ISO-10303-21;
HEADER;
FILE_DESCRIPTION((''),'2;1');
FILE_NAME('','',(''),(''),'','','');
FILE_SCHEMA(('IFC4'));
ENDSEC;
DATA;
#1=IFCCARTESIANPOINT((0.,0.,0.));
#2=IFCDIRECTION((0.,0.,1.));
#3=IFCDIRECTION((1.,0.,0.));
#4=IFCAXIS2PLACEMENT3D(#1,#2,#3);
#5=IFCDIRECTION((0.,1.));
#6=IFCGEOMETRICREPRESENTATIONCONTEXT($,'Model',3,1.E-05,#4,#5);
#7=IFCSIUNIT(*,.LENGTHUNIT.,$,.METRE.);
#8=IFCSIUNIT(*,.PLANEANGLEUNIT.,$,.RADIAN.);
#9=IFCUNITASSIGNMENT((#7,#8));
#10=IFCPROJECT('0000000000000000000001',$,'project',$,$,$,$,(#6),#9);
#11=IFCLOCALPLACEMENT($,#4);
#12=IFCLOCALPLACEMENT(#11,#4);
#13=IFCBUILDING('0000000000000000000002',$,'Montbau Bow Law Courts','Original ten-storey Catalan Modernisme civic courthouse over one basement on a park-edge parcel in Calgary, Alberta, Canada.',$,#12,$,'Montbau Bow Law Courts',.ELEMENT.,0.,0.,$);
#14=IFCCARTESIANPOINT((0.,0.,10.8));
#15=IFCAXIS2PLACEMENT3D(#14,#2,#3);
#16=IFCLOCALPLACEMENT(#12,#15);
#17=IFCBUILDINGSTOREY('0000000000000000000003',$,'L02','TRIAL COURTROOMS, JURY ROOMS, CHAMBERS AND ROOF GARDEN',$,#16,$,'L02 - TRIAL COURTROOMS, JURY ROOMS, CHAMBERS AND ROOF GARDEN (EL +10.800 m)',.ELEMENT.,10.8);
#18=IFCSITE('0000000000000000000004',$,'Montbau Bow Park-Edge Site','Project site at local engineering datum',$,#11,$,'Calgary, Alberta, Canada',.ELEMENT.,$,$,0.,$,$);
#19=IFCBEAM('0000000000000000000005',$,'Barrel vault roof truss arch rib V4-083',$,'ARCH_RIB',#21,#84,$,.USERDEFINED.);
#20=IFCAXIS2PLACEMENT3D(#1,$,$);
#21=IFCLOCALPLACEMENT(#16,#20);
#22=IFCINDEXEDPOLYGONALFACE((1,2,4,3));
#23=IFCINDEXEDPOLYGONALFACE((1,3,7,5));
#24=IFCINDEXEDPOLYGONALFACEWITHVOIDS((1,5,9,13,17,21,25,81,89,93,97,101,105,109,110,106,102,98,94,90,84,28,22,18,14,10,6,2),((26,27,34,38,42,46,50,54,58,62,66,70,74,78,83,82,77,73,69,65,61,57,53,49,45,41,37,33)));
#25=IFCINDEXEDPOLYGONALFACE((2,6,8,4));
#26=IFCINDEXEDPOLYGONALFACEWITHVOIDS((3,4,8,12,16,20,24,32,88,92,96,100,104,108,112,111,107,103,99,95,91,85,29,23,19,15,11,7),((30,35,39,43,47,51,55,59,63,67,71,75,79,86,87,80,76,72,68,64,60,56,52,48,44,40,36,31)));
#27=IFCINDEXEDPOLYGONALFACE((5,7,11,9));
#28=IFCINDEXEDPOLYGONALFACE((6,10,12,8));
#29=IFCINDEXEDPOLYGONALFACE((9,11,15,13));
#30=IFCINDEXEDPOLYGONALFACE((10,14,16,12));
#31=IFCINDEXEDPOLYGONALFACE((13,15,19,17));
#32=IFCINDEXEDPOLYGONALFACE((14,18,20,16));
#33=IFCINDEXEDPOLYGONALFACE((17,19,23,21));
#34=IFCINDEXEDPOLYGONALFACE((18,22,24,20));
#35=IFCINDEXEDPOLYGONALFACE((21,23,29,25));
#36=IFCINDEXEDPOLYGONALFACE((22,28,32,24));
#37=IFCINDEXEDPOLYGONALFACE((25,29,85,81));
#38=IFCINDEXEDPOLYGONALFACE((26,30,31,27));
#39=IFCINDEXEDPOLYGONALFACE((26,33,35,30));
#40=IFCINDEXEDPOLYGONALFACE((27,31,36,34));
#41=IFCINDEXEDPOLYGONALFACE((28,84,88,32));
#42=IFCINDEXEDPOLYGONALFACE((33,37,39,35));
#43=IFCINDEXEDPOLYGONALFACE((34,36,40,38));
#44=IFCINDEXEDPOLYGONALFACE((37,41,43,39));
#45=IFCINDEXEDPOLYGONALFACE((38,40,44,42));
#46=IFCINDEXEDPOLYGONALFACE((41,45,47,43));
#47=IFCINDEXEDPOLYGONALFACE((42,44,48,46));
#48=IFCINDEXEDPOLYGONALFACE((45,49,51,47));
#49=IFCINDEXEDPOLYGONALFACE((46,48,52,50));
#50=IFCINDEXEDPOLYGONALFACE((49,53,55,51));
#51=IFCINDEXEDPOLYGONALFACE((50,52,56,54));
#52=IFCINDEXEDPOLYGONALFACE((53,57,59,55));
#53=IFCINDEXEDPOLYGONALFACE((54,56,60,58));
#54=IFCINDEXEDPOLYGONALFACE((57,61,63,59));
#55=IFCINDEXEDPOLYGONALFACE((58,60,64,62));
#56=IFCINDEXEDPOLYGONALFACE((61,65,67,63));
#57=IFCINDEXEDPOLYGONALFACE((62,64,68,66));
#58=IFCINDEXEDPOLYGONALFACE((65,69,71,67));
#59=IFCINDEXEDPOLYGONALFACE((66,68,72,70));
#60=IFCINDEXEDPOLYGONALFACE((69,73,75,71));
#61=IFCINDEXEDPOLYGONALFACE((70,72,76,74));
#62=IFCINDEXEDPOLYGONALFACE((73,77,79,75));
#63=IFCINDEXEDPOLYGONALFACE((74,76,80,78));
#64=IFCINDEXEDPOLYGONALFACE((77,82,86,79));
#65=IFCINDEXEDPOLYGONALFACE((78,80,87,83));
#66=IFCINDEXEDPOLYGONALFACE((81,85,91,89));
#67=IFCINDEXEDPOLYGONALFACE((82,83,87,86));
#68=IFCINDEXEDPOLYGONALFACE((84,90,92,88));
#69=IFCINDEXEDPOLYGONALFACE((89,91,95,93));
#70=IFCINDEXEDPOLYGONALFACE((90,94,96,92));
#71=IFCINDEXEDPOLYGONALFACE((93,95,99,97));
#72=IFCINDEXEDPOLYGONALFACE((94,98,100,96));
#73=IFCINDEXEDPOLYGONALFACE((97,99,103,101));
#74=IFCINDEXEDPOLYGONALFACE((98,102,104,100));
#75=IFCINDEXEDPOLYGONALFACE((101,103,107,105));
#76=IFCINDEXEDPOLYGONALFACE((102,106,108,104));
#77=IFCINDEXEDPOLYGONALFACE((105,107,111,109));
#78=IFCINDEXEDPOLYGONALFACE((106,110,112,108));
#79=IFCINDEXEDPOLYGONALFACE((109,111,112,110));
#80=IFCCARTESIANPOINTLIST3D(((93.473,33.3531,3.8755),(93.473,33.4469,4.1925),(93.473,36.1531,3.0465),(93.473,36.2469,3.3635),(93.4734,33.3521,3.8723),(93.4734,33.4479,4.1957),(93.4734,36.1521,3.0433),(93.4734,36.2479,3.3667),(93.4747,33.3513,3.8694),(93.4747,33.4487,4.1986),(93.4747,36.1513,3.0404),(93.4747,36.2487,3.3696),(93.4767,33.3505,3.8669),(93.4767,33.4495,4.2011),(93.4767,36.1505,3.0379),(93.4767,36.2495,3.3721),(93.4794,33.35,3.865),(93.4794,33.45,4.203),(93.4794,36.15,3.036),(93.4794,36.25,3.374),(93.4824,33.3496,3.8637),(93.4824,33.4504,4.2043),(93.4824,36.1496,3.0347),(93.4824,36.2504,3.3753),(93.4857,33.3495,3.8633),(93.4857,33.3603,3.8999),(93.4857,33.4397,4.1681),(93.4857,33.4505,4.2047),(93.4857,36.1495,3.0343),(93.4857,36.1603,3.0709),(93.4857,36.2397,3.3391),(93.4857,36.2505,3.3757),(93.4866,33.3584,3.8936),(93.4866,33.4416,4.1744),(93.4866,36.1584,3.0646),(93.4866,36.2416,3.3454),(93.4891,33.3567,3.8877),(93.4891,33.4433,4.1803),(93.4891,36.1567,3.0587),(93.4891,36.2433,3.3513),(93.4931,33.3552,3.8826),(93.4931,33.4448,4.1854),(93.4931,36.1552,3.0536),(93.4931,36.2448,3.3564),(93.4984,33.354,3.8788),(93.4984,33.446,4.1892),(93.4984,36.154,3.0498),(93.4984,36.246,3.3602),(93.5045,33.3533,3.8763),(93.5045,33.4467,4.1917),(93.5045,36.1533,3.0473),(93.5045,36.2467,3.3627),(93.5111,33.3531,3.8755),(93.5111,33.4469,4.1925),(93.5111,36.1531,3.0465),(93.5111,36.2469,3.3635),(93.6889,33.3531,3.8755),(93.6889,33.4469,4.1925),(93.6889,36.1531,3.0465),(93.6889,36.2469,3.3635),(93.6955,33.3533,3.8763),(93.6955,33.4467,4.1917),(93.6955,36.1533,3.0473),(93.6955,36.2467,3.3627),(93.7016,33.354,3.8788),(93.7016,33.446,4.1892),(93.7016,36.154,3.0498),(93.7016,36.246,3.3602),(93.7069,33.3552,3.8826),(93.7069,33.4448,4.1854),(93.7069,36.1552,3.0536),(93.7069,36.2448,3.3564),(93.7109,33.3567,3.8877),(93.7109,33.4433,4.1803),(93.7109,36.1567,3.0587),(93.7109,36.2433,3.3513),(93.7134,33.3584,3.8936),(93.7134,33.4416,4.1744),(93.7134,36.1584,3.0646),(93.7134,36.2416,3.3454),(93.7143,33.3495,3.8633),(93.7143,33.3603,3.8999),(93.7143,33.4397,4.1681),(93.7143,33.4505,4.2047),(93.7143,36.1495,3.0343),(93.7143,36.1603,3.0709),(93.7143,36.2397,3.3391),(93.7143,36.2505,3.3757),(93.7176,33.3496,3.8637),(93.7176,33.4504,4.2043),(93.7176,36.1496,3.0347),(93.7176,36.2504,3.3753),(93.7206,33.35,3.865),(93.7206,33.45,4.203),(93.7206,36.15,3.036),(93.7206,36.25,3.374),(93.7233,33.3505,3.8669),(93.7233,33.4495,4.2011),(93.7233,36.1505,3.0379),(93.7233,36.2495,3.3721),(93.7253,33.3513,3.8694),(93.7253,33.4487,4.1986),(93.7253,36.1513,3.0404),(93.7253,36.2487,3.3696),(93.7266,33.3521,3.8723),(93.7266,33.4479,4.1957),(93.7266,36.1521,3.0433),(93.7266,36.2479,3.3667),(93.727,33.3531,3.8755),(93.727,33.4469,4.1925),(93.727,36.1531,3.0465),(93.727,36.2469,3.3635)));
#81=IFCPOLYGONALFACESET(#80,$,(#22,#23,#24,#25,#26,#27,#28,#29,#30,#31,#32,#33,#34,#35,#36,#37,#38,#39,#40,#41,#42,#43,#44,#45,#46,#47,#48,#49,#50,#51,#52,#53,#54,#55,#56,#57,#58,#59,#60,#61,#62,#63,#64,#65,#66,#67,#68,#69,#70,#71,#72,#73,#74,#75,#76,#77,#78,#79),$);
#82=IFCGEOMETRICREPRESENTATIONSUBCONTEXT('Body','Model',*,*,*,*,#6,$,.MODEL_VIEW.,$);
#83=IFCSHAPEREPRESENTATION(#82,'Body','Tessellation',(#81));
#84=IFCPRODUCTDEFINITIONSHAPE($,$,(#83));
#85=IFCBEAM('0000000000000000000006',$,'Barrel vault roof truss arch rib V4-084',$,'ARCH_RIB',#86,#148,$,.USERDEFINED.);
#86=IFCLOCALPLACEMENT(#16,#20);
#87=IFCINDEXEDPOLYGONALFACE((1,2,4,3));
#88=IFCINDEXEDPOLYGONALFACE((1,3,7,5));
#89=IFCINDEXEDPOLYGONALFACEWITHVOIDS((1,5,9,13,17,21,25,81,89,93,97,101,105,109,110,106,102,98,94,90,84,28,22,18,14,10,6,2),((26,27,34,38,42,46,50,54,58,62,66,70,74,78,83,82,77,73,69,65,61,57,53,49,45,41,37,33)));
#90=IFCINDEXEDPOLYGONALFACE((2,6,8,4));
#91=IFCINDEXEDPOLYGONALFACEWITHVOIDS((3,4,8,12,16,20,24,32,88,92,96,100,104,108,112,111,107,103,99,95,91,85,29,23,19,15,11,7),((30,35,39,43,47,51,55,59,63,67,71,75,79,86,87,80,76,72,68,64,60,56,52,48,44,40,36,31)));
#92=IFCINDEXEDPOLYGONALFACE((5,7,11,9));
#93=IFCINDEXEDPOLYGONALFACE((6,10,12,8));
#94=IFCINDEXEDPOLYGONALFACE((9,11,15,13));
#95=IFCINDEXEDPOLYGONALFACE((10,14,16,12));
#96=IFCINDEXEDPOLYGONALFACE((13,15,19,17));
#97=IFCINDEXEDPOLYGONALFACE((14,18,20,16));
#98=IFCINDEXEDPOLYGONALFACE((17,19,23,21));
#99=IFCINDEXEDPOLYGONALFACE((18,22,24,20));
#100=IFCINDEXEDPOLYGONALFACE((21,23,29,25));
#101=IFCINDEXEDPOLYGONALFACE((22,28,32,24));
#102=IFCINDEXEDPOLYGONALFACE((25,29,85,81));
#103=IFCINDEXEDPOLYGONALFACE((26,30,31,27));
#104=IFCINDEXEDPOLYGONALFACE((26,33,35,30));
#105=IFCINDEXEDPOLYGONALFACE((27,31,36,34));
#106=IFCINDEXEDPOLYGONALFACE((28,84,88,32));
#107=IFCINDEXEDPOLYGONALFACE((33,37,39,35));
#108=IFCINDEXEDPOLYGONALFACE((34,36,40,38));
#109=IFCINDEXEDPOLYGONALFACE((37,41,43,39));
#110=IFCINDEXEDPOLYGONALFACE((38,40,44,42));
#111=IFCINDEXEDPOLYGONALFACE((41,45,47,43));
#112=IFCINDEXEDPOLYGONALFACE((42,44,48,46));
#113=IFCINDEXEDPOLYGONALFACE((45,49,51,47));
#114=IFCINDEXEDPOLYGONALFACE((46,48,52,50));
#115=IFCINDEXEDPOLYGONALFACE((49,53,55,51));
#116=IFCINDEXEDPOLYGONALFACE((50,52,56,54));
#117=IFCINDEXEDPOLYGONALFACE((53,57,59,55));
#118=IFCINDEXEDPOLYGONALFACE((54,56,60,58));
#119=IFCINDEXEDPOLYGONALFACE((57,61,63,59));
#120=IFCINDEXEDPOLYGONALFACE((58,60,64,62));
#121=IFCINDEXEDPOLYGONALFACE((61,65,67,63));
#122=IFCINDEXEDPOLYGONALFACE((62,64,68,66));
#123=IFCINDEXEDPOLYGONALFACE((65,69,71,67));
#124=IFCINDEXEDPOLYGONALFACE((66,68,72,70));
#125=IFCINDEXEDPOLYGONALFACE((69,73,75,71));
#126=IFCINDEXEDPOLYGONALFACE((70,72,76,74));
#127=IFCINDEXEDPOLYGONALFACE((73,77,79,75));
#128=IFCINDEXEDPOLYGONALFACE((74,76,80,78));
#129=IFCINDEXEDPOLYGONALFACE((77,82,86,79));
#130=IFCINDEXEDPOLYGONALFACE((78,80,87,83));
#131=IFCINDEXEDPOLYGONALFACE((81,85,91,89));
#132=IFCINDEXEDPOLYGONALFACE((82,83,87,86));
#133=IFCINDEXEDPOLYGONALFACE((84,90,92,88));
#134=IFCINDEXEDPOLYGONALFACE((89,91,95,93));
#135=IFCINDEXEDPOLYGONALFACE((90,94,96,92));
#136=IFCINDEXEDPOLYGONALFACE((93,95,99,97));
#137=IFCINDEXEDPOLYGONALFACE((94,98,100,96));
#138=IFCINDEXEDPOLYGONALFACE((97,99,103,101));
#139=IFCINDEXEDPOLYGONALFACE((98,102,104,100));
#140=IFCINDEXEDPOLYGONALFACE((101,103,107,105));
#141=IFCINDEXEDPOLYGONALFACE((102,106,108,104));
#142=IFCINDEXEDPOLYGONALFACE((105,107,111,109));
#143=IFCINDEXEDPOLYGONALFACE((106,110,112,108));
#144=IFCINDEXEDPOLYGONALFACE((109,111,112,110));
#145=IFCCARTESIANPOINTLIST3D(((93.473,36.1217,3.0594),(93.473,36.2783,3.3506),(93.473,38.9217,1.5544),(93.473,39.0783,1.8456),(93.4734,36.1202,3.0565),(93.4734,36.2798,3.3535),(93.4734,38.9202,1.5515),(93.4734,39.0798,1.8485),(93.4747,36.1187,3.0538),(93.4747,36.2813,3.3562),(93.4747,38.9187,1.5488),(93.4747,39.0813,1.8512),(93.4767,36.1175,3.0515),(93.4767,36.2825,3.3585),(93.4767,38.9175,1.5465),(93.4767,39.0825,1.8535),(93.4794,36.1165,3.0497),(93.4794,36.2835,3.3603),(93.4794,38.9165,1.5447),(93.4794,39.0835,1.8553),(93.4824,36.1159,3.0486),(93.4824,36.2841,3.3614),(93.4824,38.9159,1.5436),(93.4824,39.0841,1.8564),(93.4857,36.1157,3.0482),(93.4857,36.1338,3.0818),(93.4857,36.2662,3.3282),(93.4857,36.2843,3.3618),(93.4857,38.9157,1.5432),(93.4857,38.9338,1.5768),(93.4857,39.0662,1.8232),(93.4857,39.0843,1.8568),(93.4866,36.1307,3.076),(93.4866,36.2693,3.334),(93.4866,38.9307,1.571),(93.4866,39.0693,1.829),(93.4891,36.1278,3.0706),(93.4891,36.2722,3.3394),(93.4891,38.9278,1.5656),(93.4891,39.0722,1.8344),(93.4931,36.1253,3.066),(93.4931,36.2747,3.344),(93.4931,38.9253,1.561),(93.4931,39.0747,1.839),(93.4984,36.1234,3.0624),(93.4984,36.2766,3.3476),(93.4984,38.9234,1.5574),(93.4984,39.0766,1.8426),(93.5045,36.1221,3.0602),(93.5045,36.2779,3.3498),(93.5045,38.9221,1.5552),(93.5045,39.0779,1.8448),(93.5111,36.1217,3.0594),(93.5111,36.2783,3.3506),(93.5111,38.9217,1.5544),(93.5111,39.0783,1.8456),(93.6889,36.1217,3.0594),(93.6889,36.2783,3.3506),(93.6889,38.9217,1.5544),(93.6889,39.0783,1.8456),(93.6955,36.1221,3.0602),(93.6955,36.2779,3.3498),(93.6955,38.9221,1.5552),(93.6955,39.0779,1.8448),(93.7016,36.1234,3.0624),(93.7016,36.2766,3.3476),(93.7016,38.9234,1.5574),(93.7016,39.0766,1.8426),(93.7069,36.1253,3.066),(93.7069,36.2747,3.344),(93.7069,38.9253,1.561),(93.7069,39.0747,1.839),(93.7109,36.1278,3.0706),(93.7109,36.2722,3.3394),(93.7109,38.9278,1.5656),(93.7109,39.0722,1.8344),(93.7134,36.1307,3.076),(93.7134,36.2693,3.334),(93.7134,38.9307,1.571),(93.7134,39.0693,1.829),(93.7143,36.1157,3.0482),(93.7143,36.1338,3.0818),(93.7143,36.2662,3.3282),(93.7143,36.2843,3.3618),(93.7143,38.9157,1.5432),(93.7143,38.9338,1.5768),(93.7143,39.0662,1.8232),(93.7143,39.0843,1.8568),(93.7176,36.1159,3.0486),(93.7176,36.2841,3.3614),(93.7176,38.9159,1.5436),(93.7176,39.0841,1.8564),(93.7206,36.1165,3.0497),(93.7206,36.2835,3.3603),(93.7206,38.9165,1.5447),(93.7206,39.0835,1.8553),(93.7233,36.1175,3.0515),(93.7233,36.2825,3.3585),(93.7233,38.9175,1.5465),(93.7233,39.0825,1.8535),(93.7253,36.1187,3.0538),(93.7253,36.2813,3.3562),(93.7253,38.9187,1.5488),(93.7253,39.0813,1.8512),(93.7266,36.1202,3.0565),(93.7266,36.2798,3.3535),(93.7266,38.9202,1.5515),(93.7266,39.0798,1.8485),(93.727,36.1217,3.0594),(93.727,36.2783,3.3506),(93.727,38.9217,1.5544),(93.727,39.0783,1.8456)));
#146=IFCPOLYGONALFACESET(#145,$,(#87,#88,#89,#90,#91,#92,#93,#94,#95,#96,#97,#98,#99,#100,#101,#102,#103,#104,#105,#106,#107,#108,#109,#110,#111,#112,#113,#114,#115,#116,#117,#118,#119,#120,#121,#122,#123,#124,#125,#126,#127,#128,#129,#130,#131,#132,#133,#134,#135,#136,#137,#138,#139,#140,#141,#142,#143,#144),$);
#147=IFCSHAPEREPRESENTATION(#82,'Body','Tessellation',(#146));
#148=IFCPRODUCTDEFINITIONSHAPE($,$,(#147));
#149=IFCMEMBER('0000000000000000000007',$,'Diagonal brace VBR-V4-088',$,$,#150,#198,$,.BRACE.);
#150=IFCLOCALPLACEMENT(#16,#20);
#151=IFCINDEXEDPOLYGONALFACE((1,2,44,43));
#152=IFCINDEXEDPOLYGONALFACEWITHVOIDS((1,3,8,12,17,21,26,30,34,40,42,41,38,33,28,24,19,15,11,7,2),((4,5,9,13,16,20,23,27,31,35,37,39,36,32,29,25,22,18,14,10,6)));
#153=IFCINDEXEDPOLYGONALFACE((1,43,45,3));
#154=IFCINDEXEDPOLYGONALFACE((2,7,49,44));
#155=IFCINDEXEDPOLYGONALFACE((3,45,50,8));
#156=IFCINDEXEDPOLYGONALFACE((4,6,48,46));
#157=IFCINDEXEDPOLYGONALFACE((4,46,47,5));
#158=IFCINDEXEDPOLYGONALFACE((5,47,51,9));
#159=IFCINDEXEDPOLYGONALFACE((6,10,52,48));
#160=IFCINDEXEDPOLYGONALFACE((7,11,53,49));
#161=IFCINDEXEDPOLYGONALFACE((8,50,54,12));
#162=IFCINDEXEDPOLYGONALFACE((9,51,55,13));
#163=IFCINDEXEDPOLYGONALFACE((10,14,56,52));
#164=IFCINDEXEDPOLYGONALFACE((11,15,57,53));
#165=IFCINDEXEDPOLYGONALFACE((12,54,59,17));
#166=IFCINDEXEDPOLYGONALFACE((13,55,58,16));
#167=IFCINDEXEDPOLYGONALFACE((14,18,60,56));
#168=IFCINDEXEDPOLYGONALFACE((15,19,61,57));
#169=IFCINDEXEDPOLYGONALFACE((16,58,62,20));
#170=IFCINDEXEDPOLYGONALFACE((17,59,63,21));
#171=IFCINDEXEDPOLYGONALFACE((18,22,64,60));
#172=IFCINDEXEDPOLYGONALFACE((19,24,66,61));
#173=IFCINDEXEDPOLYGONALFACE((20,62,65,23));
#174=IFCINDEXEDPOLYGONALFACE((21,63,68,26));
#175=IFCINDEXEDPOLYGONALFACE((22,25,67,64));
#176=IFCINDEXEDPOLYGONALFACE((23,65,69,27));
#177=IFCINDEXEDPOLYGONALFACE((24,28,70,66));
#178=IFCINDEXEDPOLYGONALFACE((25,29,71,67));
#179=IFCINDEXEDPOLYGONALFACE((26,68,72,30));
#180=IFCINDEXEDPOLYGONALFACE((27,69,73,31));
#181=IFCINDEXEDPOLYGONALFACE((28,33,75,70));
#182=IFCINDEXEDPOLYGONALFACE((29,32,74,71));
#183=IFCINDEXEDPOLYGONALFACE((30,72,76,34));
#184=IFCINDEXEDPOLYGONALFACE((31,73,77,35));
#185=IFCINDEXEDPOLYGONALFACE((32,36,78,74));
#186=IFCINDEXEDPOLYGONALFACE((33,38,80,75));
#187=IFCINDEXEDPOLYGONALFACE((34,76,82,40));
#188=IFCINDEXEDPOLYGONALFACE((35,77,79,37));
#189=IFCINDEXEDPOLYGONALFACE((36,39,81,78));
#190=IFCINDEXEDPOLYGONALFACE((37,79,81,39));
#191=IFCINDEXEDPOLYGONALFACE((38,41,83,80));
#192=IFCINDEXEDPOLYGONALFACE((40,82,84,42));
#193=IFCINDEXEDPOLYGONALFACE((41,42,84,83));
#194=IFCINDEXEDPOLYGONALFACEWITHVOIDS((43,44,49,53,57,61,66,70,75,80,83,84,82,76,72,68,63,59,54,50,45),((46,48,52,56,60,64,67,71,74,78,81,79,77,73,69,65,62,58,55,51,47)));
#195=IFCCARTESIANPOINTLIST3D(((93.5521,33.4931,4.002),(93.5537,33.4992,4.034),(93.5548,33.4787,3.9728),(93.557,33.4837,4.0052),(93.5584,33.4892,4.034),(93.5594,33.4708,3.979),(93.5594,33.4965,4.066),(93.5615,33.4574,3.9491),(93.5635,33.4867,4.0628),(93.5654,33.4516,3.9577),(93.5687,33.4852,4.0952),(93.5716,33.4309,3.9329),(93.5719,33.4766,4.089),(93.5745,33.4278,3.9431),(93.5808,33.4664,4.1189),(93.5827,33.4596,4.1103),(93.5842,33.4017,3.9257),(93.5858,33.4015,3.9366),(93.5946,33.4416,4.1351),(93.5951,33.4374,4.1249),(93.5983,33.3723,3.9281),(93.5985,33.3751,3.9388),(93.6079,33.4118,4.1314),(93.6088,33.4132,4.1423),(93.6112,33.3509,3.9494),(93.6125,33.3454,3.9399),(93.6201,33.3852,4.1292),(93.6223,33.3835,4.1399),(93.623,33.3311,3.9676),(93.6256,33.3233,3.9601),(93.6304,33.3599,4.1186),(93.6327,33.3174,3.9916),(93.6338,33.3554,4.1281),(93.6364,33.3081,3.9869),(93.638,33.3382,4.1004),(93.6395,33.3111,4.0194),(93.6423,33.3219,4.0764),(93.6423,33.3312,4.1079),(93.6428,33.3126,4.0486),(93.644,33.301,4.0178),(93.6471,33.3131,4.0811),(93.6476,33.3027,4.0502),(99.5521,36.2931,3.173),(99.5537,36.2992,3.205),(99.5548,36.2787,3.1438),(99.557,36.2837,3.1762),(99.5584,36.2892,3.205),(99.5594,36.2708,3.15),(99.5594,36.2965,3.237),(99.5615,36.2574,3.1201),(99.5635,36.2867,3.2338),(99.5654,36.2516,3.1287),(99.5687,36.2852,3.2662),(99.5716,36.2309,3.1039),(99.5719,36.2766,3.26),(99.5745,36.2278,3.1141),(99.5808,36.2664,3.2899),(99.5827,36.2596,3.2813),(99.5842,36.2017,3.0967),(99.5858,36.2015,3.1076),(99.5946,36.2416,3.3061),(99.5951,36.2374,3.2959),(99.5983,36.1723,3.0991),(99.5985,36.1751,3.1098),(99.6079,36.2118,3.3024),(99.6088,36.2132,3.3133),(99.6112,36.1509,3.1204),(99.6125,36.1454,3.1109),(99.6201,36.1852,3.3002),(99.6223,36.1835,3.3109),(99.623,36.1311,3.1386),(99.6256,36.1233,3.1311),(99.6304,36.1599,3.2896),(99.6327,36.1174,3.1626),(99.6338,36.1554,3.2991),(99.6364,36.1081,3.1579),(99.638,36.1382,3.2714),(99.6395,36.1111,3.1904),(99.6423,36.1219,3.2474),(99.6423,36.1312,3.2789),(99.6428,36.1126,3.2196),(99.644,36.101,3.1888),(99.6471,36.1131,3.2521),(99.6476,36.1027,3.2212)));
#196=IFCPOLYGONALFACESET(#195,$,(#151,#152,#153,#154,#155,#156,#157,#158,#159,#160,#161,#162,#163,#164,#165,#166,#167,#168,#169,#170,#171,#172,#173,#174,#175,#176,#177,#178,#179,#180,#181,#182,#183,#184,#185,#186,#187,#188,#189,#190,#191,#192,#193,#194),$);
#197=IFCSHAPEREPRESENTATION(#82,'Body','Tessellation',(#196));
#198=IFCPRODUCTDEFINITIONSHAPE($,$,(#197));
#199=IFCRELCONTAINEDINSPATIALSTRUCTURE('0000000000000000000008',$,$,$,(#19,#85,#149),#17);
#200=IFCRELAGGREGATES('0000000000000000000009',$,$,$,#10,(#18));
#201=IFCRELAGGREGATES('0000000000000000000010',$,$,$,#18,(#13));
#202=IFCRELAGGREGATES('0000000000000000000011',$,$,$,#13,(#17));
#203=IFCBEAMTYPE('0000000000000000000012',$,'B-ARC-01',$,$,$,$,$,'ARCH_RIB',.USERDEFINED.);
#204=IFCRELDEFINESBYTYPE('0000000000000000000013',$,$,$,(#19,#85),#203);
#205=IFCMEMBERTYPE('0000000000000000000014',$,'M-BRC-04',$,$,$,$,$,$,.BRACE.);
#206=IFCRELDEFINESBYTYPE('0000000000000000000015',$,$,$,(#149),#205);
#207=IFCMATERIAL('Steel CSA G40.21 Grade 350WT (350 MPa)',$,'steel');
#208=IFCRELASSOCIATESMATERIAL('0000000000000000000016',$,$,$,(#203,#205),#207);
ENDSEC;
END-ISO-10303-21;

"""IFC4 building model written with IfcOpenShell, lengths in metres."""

from ifc_helpers import new_model, si_unit, direction, frame, origin_with_axes, origin_2d_with_axis, place, context, subcontext, project, spatial, hollow_rectangle, hollow_circle, extrude, material, material_profile, profile_set, type_object, element, save


model = new_model("IFC4")

# Units and contexts
model_context = context("Model", 3, precision=1e-05, world=origin_with_axes(), true_north=direction((0.0, 1.0)))
body_context = subcontext(model_context, "Body", "Model", "MODEL_VIEW")
ifc_project = project(units=[si_unit("LENGTHUNIT", "METRE"), si_unit("PLANEANGLEUNIT", "RADIAN")], contexts=[model_context])

# Site, building, storey
site_placement = place(None, origin_with_axes())
site = spatial("IfcSite", under=ifc_project, at=site_placement, Name="Montbau Bow Park-Edge Site", Description="Project site at local engineering datum", LongName="Calgary, Alberta, Canada", CompositionType="ELEMENT", RefElevation=0.0)
building_placement = place(site_placement, origin_with_axes())
building = spatial("IfcBuilding", under=site, at=building_placement, Name="Montbau Bow Law Courts", Description="Original ten-storey Catalan Modernisme civic courthouse over one basement on a park-edge parcel in Calgary, Alberta, Canada.", LongName="Montbau Bow Law Courts", CompositionType="ELEMENT", ElevationOfRefHeight=0.0, ElevationOfTerrain=0.0)
storey_placement = place(building_placement, frame((0.0, 0.0, 10.8), z_axis=(0.0, 0.0, 1.0), x_axis=(1.0, 0.0, 0.0)))
storey = spatial("IfcBuildingStorey", under=building, at=storey_placement, Name="L02", Description="TRIAL COURTROOMS, JURY ROOMS, CHAMBERS AND ROOF GARDEN", LongName="L02 - TRIAL COURTROOMS, JURY ROOMS, CHAMBERS AND ROOF GARDEN (EL +10.800 m)", CompositionType="ELEMENT", Elevation=10.8)

# Beams
ifc_material_1 = material(Name="Steel CSA G40.21 Grade 350WT (350 MPa)", Category="steel")
ifc_material_profile_1 = material_profile(ifc_material_1, hollow_rectangle(XDim=0.254, YDim=0.356, WallThickness=0.0127, InnerFilletRadius=0.0254, OuterFilletRadius=0.0127, at=origin_2d_with_axis()), Name="HSS356X254X13", Category="Main", Priority=0)
ifc_profile_set_1 = profile_set([ifc_material_profile_1], Name="Steel CSA G40.21 Grade 350WT (350 MPa)")
beam_type = type_object("IfcBeamType", Name="B-ARC-01", ElementType="ARCH_RIB", PredefinedType="USERDEFINED", material=ifc_profile_set_1)
beam_1_placement = place(None, frame((93.6, 33.4, 14.834), z_axis=(0.0, 0.958857, -0.28389), x_axis=(-1.0, 0.0, 0.0)))
element("IfcBeam", 1, at=beam_1_placement, inside=storey, type_object=beam_type, Name="Barrel vault roof truss arch rib V4-083", ObjectType="ARCH_RIB", PredefinedType="USERDEFINED", context=body_context, shape_type="SweptSolid", body=[
    extrude(hollow_rectangle(XDim=0.254, YDim=0.356, WallThickness=0.0127, InnerFilletRadius=0.0254, OuterFilletRadius=0.0127, at=origin_2d_with_axis()), origin_with_axes(), (0.0, 0.0, 1.0), 2.9201),
])
beam_2_placement = place(None, frame((93.6, 36.2, 14.005), z_axis=(0.0, 0.880824, -0.473443), x_axis=(-1.0, 0.0, 0.0)))
element("IfcBeam", 2, at=beam_2_placement, inside=storey, type_object=beam_type, Name="Barrel vault roof truss arch rib V4-084", ObjectType="ARCH_RIB", PredefinedType="USERDEFINED", context=body_context, shape_type="SweptSolid", body=[
    extrude(hollow_rectangle(XDim=0.254, YDim=0.356, WallThickness=0.0127, InnerFilletRadius=0.0254, OuterFilletRadius=0.0127, at=origin_2d_with_axis()), origin_with_axes(), (0.0, 0.0, 1.0), 3.1788),
])

# Member
ifc_material_profile_2 = material_profile(ifc_material_1, hollow_circle(Radius=0.1095, WallThickness=0.0111, at=origin_2d_with_axis()), Name="HSS219X11", Category="Main", Priority=0)
ifc_profile_set_2 = profile_set([ifc_material_profile_2], Name="Steel CSA G40.21 Grade 350WT (350 MPa)")
member_type_1 = type_object("IfcMemberType", Name="M-BRC-04", PredefinedType="BRACE", material=ifc_profile_set_2)
member_1_placement = place(None, frame((93.6, 33.4, 14.834), z_axis=(0.899163, 0.419609, -0.124234), x_axis=(-0.422885, 0.906183, 0.0)))
element("IfcMember", 3, at=member_1_placement, inside=storey, type_object=member_type_1, Name="Diagonal brace VBR-V4-088", PredefinedType="BRACE", context=body_context, shape_type="SweptSolid", body=[
    extrude(hollow_circle(Radius=0.1095, WallThickness=0.0111, at=origin_2d_with_axis()), origin_with_axes(), (0.0, 0.0, 1.0), 6.6729),
])

save(model, "model.ifc")
